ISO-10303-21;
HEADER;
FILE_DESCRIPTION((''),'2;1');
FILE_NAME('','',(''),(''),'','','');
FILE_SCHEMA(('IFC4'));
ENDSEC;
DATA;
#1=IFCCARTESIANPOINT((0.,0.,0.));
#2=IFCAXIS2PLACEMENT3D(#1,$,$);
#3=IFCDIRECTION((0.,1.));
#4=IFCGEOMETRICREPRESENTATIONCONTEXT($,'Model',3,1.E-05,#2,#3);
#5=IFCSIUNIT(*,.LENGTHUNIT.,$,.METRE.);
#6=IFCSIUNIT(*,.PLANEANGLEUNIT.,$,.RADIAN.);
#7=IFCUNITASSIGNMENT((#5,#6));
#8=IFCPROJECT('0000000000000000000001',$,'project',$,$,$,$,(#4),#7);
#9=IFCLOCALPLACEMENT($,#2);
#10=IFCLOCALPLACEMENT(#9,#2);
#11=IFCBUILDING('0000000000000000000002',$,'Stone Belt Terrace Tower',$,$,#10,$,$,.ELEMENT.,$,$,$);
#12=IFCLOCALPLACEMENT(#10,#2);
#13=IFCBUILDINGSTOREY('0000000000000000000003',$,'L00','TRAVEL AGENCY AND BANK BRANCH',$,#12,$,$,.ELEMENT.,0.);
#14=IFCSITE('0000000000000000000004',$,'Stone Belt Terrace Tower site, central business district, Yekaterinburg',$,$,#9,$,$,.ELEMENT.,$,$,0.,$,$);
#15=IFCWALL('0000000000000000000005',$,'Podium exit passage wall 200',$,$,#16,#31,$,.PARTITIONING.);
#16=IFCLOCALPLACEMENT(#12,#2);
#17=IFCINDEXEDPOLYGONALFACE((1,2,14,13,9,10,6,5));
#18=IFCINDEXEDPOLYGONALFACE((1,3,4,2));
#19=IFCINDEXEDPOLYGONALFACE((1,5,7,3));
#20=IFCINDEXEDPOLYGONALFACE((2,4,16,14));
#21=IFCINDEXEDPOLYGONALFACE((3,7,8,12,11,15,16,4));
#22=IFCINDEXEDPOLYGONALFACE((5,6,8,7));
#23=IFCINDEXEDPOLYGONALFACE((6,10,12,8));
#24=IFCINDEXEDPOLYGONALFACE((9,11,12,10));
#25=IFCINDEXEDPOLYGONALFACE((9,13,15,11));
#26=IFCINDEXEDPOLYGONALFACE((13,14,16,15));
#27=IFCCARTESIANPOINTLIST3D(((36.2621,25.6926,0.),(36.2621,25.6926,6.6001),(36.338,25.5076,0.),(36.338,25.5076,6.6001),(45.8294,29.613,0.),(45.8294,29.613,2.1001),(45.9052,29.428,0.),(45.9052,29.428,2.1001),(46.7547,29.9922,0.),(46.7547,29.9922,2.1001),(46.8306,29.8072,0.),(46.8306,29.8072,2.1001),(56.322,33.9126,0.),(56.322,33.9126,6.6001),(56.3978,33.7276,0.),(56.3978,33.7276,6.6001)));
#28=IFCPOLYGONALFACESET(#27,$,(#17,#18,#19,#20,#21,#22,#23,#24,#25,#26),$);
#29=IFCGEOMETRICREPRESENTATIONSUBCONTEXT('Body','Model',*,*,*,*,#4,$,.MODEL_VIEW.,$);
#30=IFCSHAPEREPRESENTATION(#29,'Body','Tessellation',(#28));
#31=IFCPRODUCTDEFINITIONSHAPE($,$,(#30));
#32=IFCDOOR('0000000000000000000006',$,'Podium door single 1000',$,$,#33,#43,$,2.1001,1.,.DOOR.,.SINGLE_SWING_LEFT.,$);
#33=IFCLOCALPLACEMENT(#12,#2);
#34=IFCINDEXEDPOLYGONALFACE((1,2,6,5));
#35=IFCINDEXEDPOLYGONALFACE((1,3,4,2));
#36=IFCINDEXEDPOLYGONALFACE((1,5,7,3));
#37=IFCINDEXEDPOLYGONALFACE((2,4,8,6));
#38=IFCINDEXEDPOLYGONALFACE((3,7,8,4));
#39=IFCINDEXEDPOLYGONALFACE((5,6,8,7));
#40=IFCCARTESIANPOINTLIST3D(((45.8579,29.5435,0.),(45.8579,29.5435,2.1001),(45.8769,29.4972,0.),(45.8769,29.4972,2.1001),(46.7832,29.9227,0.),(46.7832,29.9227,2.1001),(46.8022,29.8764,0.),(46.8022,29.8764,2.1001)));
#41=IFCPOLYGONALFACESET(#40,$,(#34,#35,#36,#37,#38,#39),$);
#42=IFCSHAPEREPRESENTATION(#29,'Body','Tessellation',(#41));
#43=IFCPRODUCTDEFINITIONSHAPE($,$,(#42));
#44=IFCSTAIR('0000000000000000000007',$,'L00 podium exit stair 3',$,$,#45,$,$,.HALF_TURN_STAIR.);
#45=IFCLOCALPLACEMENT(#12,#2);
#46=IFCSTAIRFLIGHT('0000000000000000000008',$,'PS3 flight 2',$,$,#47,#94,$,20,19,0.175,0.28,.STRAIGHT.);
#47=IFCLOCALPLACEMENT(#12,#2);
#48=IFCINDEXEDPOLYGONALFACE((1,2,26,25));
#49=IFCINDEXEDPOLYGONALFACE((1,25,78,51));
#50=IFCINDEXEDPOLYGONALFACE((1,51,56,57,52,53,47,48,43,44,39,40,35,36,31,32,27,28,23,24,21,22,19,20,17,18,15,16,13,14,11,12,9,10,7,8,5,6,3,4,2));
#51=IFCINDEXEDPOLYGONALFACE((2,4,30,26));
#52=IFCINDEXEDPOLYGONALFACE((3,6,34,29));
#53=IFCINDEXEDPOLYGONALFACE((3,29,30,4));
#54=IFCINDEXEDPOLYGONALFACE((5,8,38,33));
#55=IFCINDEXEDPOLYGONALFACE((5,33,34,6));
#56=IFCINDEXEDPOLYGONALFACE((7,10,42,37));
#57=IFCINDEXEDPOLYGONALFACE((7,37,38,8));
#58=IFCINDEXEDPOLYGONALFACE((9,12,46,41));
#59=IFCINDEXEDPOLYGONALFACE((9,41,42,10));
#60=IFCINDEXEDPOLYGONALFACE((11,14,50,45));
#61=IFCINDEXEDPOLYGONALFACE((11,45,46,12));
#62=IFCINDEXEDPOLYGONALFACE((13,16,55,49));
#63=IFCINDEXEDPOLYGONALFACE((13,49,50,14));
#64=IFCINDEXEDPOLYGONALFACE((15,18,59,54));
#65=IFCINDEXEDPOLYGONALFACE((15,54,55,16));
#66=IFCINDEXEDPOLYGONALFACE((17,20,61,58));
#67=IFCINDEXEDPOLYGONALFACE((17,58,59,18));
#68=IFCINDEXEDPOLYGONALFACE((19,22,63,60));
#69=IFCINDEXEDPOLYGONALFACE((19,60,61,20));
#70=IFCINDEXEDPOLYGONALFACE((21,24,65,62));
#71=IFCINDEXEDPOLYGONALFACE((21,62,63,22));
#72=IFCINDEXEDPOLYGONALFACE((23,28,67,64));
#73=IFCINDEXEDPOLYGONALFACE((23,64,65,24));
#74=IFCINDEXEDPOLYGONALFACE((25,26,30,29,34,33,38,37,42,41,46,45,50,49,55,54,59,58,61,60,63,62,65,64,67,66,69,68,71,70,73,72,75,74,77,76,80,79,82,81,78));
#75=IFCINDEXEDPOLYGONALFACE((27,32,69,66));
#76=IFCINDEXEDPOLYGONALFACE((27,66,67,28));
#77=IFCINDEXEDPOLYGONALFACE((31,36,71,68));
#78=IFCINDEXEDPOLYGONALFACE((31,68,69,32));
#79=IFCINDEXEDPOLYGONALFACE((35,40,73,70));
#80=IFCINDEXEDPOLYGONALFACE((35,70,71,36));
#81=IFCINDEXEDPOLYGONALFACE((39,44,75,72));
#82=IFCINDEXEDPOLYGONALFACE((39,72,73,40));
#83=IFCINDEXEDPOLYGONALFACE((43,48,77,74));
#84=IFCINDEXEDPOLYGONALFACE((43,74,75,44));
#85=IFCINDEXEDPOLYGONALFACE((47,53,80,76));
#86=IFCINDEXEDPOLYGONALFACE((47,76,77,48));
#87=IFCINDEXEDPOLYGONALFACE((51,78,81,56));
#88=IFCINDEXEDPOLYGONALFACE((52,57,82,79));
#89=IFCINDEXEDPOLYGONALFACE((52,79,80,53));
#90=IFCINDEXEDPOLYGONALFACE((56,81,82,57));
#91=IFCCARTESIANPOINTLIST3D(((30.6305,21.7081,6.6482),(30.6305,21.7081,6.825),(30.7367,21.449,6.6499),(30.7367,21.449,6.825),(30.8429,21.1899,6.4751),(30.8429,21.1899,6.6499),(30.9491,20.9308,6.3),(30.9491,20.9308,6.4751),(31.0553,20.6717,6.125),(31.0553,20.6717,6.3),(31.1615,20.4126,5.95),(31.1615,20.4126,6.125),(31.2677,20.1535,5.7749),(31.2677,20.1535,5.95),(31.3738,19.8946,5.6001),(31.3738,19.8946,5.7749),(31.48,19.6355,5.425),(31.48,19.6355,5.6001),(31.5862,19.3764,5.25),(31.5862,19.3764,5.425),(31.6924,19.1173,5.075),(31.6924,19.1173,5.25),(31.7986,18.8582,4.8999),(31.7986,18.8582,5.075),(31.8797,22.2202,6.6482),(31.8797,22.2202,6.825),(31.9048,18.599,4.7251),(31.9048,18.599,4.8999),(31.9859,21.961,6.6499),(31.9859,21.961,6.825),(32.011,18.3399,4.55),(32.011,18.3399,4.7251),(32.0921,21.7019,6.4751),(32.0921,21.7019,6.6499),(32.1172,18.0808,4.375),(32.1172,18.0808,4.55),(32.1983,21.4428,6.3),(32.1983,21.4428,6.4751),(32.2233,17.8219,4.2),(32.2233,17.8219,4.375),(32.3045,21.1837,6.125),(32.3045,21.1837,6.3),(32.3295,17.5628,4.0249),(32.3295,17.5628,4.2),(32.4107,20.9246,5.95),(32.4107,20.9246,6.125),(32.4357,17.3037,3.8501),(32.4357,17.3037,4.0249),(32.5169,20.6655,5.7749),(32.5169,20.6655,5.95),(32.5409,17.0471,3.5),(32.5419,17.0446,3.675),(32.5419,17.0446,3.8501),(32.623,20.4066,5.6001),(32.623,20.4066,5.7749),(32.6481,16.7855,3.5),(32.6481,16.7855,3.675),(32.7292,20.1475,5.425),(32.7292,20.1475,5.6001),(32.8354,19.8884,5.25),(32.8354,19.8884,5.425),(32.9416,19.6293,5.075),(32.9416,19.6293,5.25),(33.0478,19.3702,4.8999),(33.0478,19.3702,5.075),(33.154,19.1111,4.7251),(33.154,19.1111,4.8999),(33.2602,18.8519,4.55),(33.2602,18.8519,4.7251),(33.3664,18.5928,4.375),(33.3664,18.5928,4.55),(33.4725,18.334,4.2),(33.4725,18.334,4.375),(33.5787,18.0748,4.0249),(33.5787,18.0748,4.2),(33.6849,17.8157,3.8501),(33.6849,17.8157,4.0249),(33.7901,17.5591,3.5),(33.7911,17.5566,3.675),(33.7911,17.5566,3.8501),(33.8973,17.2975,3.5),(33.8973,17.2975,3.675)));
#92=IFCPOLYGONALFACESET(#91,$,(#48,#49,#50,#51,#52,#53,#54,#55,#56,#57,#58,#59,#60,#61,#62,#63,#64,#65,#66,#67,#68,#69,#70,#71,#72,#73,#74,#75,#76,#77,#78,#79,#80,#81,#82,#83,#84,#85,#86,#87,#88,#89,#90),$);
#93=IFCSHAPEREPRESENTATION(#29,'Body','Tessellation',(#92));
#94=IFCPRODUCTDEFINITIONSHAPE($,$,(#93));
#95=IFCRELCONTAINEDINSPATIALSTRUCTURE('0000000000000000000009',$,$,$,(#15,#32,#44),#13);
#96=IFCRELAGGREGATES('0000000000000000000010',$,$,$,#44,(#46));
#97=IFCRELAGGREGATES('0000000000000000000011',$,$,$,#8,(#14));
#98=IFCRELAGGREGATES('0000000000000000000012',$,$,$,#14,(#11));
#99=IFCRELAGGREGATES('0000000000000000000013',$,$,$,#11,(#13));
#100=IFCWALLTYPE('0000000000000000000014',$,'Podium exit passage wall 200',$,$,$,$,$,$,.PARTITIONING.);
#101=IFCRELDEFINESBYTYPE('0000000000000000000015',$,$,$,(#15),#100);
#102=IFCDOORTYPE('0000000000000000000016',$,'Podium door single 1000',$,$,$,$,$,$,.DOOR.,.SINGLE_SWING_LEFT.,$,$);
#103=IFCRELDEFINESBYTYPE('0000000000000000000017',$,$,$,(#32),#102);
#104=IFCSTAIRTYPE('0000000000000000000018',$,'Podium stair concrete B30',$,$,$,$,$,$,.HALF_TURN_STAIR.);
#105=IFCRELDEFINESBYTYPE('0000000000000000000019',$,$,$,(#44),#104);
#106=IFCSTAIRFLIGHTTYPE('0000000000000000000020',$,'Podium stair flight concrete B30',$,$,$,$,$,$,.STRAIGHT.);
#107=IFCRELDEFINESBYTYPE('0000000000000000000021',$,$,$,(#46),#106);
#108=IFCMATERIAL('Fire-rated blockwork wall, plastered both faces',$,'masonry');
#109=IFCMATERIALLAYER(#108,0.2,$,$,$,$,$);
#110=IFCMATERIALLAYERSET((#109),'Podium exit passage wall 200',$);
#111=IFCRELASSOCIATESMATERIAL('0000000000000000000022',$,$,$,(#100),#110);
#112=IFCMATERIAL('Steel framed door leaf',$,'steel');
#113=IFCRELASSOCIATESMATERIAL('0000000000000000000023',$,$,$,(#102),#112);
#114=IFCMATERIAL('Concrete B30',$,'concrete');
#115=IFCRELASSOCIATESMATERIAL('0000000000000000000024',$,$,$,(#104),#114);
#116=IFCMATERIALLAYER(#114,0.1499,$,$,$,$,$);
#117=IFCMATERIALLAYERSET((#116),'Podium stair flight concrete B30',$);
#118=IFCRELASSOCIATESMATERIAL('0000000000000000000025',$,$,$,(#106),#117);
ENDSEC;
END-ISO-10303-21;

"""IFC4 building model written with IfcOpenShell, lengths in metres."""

from ifc_helpers import new_model, si_unit, direction, frame, frame_2d, origin, place, context, subcontext, project, spatial, polyline, rectangle, outline, extrude, material, layer, layer_set, type_object, element, fill, aggregate, save


model = new_model("IFC4")

# Units and contexts
model_context = context("Model", 3, precision=1e-05, world=origin(), true_north=direction((0.0, 1.0)))
body_context = subcontext(model_context, "Body", "Model", "MODEL_VIEW")
ifc_project = project(units=[si_unit("LENGTHUNIT", "METRE"), si_unit("PLANEANGLEUNIT", "RADIAN")], contexts=[model_context])

# Site, building, storey
site_placement = place(None, origin())
site = spatial("IfcSite", under=ifc_project, at=site_placement, Name="Stone Belt Terrace Tower site, central business district, Yekaterinburg", CompositionType="ELEMENT", RefElevation=0.0)
building_placement = place(site_placement, origin())
building = spatial("IfcBuilding", under=site, at=building_placement, Name="Stone Belt Terrace Tower", CompositionType="ELEMENT")
storey_placement = place(building_placement, origin())
storey = spatial("IfcBuildingStorey", under=building, at=storey_placement, Name="L00", Description="TRAVEL AGENCY AND BANK BRANCH", CompositionType="ELEMENT", Elevation=0.0)

# Wall, opening, door
ifc_material_1 = material(Name="Fire-rated blockwork wall, plastered both faces", Category="masonry")
ifc_layer_1 = layer(ifc_material_1, 0.2)
ifc_layer_set_1 = layer_set([ifc_layer_1], Name="Podium exit passage wall 200")
wall_type_1 = type_object("IfcWallType", Name="Podium exit passage wall 200", PredefinedType="PARTITIONING", material=ifc_layer_set_1)
wall_1_placement = place(storey_placement, frame((36.3, 25.6001, 0.0), z_axis=(0.0, 0.0, 1.0), x_axis=(0.925326, 0.379173, 0.0)))
wall_1 = element("IfcWall", 1, at=wall_1_placement, inside=storey, type_object=wall_type_1, Name="Podium exit passage wall 200", PredefinedType="PARTITIONING", context=body_context, shape_type="SweptSolid", body=[
    extrude(rectangle(XDim=21.6787, YDim=0.2, at=frame_2d((10.8394, 0.0))), origin(), (0.0, 0.0, 1.0), 6.6001),
])
opening_placement = place(wall_1_placement, frame((10.3394, 0.0, 0.0)))
opening = element("IfcOpeningElement", 2, at=opening_placement, cuts=wall_1, PredefinedType="OPENING", context=body_context, shape_type="SweptSolid", body=[
    extrude(rectangle(XDim=1.0, YDim=2.1001, at=frame_2d((0.5, 1.05))), frame((0.0, 0.1099, 0.0), z_axis=(0.0, -1.0, 0.0), x_axis=(1.0, 0.0, 0.0)), (0.0, 0.0, 1.0), 0.22),
])
ifc_material_2 = material(Name="Steel framed door leaf", Category="steel")
door_type = type_object("IfcDoorType", Name="Podium door single 1000", OperationType="SINGLE_SWING_LEFT", PredefinedType="DOOR", material=ifc_material_2)
door_placement = place(opening_placement, origin())
door = element("IfcDoor", 3, at=door_placement, inside=storey, type_object=door_type, Name="Podium door single 1000", OperationType="SINGLE_SWING_LEFT", OverallHeight=2.1001, OverallWidth=1.0, PredefinedType="DOOR", context=body_context, shape_type="SweptSolid", body=[
    extrude(rectangle(XDim=1.0, YDim=2.1001, at=frame_2d((0.5, 1.05))), frame((0.0, 0.0249, 0.0), z_axis=(0.0, -1.0, 0.0), x_axis=(1.0, 0.0, 0.0)), (0.0, 0.0, 1.0), 0.05),
])
fill(opening, door)

# Stair, stair flight
ifc_material_3 = material(Name="Concrete B30", Category="concrete")
stair_type = type_object("IfcStairType", Name="Podium stair concrete B30", PredefinedType="HALF_TURN_STAIR", material=ifc_material_3)
stair_placement = place(storey_placement, origin())
stair = element("IfcStair", 4, at=stair_placement, inside=storey, type_object=stair_type, Name="L00 podium exit stair 3", PredefinedType="HALF_TURN_STAIR")
ifc_layer_2 = layer(ifc_material_3, 0.1499)
ifc_layer_set_2 = layer_set([ifc_layer_2], Name="Podium stair flight concrete B30")
stair_flight_type = type_object("IfcStairFlightType", Name="Podium stair flight concrete B30", PredefinedType="STRAIGHT", material=ifc_layer_set_2)
stair_flight_placement = place(storey_placement, frame((33.2727, 17.0415, 3.5), z_axis=(0.0, 0.0, 1.0), x_axis=(-0.379243, 0.925297, 0.0)))
stair_flight = element("IfcStairFlight", 5, at=stair_flight_placement, type_object=stair_flight_type, Name="PS3 flight 2", NumberOfRisers=20, NumberOfTreads=19, PredefinedType="STRAIGHT", RiserHeight=0.175, TreadLength=0.28, context=body_context, shape_type="SweptSolid", body=[
    extrude(outline(polyline([(0.0, 0.0), (0.0, 0.175), (0.28, 0.175), (0.28, 0.3501), (0.5601, 0.3501), (0.5601, 0.5249), (0.8401, 0.5249), (0.8401, 0.7), (1.1201, 0.7), (1.1201, 0.875), (1.3999, 0.875), (1.3999, 1.05), (1.6799, 1.05), (1.6799, 1.2251), (1.96, 1.2251), (1.96, 1.3999), (2.24, 1.3999), (2.24, 1.575), (2.52, 1.575), (2.52, 1.75), (2.8, 1.75), (2.8, 1.925), (3.0801, 1.925), (3.0801, 2.1001), (3.3601, 2.1001), (3.3601, 2.2749), (3.6399, 2.2749), (3.6399, 2.45), (3.9199, 2.45), (3.9199, 2.625), (4.2, 2.625), (4.2, 2.8), (4.48, 2.8), (4.48, 2.9751), (4.76, 2.9751), (4.76, 3.1499), (5.04, 3.1499), (5.04, 3.325), (5.3201, 3.325), (5.3201, 3.5), (5.3201, 3.1482), (0.2827, 0.0), (0.0, 0.0)])), frame((0.0, 0.675, 0.0), z_axis=(0.0, -1.0, 0.0), x_axis=(1.0, 0.0, 0.0)), (0.0, 0.0, 1.0), 1.3501),
])
aggregate(stair, [stair_flight])

save(model, "model.ifc")
